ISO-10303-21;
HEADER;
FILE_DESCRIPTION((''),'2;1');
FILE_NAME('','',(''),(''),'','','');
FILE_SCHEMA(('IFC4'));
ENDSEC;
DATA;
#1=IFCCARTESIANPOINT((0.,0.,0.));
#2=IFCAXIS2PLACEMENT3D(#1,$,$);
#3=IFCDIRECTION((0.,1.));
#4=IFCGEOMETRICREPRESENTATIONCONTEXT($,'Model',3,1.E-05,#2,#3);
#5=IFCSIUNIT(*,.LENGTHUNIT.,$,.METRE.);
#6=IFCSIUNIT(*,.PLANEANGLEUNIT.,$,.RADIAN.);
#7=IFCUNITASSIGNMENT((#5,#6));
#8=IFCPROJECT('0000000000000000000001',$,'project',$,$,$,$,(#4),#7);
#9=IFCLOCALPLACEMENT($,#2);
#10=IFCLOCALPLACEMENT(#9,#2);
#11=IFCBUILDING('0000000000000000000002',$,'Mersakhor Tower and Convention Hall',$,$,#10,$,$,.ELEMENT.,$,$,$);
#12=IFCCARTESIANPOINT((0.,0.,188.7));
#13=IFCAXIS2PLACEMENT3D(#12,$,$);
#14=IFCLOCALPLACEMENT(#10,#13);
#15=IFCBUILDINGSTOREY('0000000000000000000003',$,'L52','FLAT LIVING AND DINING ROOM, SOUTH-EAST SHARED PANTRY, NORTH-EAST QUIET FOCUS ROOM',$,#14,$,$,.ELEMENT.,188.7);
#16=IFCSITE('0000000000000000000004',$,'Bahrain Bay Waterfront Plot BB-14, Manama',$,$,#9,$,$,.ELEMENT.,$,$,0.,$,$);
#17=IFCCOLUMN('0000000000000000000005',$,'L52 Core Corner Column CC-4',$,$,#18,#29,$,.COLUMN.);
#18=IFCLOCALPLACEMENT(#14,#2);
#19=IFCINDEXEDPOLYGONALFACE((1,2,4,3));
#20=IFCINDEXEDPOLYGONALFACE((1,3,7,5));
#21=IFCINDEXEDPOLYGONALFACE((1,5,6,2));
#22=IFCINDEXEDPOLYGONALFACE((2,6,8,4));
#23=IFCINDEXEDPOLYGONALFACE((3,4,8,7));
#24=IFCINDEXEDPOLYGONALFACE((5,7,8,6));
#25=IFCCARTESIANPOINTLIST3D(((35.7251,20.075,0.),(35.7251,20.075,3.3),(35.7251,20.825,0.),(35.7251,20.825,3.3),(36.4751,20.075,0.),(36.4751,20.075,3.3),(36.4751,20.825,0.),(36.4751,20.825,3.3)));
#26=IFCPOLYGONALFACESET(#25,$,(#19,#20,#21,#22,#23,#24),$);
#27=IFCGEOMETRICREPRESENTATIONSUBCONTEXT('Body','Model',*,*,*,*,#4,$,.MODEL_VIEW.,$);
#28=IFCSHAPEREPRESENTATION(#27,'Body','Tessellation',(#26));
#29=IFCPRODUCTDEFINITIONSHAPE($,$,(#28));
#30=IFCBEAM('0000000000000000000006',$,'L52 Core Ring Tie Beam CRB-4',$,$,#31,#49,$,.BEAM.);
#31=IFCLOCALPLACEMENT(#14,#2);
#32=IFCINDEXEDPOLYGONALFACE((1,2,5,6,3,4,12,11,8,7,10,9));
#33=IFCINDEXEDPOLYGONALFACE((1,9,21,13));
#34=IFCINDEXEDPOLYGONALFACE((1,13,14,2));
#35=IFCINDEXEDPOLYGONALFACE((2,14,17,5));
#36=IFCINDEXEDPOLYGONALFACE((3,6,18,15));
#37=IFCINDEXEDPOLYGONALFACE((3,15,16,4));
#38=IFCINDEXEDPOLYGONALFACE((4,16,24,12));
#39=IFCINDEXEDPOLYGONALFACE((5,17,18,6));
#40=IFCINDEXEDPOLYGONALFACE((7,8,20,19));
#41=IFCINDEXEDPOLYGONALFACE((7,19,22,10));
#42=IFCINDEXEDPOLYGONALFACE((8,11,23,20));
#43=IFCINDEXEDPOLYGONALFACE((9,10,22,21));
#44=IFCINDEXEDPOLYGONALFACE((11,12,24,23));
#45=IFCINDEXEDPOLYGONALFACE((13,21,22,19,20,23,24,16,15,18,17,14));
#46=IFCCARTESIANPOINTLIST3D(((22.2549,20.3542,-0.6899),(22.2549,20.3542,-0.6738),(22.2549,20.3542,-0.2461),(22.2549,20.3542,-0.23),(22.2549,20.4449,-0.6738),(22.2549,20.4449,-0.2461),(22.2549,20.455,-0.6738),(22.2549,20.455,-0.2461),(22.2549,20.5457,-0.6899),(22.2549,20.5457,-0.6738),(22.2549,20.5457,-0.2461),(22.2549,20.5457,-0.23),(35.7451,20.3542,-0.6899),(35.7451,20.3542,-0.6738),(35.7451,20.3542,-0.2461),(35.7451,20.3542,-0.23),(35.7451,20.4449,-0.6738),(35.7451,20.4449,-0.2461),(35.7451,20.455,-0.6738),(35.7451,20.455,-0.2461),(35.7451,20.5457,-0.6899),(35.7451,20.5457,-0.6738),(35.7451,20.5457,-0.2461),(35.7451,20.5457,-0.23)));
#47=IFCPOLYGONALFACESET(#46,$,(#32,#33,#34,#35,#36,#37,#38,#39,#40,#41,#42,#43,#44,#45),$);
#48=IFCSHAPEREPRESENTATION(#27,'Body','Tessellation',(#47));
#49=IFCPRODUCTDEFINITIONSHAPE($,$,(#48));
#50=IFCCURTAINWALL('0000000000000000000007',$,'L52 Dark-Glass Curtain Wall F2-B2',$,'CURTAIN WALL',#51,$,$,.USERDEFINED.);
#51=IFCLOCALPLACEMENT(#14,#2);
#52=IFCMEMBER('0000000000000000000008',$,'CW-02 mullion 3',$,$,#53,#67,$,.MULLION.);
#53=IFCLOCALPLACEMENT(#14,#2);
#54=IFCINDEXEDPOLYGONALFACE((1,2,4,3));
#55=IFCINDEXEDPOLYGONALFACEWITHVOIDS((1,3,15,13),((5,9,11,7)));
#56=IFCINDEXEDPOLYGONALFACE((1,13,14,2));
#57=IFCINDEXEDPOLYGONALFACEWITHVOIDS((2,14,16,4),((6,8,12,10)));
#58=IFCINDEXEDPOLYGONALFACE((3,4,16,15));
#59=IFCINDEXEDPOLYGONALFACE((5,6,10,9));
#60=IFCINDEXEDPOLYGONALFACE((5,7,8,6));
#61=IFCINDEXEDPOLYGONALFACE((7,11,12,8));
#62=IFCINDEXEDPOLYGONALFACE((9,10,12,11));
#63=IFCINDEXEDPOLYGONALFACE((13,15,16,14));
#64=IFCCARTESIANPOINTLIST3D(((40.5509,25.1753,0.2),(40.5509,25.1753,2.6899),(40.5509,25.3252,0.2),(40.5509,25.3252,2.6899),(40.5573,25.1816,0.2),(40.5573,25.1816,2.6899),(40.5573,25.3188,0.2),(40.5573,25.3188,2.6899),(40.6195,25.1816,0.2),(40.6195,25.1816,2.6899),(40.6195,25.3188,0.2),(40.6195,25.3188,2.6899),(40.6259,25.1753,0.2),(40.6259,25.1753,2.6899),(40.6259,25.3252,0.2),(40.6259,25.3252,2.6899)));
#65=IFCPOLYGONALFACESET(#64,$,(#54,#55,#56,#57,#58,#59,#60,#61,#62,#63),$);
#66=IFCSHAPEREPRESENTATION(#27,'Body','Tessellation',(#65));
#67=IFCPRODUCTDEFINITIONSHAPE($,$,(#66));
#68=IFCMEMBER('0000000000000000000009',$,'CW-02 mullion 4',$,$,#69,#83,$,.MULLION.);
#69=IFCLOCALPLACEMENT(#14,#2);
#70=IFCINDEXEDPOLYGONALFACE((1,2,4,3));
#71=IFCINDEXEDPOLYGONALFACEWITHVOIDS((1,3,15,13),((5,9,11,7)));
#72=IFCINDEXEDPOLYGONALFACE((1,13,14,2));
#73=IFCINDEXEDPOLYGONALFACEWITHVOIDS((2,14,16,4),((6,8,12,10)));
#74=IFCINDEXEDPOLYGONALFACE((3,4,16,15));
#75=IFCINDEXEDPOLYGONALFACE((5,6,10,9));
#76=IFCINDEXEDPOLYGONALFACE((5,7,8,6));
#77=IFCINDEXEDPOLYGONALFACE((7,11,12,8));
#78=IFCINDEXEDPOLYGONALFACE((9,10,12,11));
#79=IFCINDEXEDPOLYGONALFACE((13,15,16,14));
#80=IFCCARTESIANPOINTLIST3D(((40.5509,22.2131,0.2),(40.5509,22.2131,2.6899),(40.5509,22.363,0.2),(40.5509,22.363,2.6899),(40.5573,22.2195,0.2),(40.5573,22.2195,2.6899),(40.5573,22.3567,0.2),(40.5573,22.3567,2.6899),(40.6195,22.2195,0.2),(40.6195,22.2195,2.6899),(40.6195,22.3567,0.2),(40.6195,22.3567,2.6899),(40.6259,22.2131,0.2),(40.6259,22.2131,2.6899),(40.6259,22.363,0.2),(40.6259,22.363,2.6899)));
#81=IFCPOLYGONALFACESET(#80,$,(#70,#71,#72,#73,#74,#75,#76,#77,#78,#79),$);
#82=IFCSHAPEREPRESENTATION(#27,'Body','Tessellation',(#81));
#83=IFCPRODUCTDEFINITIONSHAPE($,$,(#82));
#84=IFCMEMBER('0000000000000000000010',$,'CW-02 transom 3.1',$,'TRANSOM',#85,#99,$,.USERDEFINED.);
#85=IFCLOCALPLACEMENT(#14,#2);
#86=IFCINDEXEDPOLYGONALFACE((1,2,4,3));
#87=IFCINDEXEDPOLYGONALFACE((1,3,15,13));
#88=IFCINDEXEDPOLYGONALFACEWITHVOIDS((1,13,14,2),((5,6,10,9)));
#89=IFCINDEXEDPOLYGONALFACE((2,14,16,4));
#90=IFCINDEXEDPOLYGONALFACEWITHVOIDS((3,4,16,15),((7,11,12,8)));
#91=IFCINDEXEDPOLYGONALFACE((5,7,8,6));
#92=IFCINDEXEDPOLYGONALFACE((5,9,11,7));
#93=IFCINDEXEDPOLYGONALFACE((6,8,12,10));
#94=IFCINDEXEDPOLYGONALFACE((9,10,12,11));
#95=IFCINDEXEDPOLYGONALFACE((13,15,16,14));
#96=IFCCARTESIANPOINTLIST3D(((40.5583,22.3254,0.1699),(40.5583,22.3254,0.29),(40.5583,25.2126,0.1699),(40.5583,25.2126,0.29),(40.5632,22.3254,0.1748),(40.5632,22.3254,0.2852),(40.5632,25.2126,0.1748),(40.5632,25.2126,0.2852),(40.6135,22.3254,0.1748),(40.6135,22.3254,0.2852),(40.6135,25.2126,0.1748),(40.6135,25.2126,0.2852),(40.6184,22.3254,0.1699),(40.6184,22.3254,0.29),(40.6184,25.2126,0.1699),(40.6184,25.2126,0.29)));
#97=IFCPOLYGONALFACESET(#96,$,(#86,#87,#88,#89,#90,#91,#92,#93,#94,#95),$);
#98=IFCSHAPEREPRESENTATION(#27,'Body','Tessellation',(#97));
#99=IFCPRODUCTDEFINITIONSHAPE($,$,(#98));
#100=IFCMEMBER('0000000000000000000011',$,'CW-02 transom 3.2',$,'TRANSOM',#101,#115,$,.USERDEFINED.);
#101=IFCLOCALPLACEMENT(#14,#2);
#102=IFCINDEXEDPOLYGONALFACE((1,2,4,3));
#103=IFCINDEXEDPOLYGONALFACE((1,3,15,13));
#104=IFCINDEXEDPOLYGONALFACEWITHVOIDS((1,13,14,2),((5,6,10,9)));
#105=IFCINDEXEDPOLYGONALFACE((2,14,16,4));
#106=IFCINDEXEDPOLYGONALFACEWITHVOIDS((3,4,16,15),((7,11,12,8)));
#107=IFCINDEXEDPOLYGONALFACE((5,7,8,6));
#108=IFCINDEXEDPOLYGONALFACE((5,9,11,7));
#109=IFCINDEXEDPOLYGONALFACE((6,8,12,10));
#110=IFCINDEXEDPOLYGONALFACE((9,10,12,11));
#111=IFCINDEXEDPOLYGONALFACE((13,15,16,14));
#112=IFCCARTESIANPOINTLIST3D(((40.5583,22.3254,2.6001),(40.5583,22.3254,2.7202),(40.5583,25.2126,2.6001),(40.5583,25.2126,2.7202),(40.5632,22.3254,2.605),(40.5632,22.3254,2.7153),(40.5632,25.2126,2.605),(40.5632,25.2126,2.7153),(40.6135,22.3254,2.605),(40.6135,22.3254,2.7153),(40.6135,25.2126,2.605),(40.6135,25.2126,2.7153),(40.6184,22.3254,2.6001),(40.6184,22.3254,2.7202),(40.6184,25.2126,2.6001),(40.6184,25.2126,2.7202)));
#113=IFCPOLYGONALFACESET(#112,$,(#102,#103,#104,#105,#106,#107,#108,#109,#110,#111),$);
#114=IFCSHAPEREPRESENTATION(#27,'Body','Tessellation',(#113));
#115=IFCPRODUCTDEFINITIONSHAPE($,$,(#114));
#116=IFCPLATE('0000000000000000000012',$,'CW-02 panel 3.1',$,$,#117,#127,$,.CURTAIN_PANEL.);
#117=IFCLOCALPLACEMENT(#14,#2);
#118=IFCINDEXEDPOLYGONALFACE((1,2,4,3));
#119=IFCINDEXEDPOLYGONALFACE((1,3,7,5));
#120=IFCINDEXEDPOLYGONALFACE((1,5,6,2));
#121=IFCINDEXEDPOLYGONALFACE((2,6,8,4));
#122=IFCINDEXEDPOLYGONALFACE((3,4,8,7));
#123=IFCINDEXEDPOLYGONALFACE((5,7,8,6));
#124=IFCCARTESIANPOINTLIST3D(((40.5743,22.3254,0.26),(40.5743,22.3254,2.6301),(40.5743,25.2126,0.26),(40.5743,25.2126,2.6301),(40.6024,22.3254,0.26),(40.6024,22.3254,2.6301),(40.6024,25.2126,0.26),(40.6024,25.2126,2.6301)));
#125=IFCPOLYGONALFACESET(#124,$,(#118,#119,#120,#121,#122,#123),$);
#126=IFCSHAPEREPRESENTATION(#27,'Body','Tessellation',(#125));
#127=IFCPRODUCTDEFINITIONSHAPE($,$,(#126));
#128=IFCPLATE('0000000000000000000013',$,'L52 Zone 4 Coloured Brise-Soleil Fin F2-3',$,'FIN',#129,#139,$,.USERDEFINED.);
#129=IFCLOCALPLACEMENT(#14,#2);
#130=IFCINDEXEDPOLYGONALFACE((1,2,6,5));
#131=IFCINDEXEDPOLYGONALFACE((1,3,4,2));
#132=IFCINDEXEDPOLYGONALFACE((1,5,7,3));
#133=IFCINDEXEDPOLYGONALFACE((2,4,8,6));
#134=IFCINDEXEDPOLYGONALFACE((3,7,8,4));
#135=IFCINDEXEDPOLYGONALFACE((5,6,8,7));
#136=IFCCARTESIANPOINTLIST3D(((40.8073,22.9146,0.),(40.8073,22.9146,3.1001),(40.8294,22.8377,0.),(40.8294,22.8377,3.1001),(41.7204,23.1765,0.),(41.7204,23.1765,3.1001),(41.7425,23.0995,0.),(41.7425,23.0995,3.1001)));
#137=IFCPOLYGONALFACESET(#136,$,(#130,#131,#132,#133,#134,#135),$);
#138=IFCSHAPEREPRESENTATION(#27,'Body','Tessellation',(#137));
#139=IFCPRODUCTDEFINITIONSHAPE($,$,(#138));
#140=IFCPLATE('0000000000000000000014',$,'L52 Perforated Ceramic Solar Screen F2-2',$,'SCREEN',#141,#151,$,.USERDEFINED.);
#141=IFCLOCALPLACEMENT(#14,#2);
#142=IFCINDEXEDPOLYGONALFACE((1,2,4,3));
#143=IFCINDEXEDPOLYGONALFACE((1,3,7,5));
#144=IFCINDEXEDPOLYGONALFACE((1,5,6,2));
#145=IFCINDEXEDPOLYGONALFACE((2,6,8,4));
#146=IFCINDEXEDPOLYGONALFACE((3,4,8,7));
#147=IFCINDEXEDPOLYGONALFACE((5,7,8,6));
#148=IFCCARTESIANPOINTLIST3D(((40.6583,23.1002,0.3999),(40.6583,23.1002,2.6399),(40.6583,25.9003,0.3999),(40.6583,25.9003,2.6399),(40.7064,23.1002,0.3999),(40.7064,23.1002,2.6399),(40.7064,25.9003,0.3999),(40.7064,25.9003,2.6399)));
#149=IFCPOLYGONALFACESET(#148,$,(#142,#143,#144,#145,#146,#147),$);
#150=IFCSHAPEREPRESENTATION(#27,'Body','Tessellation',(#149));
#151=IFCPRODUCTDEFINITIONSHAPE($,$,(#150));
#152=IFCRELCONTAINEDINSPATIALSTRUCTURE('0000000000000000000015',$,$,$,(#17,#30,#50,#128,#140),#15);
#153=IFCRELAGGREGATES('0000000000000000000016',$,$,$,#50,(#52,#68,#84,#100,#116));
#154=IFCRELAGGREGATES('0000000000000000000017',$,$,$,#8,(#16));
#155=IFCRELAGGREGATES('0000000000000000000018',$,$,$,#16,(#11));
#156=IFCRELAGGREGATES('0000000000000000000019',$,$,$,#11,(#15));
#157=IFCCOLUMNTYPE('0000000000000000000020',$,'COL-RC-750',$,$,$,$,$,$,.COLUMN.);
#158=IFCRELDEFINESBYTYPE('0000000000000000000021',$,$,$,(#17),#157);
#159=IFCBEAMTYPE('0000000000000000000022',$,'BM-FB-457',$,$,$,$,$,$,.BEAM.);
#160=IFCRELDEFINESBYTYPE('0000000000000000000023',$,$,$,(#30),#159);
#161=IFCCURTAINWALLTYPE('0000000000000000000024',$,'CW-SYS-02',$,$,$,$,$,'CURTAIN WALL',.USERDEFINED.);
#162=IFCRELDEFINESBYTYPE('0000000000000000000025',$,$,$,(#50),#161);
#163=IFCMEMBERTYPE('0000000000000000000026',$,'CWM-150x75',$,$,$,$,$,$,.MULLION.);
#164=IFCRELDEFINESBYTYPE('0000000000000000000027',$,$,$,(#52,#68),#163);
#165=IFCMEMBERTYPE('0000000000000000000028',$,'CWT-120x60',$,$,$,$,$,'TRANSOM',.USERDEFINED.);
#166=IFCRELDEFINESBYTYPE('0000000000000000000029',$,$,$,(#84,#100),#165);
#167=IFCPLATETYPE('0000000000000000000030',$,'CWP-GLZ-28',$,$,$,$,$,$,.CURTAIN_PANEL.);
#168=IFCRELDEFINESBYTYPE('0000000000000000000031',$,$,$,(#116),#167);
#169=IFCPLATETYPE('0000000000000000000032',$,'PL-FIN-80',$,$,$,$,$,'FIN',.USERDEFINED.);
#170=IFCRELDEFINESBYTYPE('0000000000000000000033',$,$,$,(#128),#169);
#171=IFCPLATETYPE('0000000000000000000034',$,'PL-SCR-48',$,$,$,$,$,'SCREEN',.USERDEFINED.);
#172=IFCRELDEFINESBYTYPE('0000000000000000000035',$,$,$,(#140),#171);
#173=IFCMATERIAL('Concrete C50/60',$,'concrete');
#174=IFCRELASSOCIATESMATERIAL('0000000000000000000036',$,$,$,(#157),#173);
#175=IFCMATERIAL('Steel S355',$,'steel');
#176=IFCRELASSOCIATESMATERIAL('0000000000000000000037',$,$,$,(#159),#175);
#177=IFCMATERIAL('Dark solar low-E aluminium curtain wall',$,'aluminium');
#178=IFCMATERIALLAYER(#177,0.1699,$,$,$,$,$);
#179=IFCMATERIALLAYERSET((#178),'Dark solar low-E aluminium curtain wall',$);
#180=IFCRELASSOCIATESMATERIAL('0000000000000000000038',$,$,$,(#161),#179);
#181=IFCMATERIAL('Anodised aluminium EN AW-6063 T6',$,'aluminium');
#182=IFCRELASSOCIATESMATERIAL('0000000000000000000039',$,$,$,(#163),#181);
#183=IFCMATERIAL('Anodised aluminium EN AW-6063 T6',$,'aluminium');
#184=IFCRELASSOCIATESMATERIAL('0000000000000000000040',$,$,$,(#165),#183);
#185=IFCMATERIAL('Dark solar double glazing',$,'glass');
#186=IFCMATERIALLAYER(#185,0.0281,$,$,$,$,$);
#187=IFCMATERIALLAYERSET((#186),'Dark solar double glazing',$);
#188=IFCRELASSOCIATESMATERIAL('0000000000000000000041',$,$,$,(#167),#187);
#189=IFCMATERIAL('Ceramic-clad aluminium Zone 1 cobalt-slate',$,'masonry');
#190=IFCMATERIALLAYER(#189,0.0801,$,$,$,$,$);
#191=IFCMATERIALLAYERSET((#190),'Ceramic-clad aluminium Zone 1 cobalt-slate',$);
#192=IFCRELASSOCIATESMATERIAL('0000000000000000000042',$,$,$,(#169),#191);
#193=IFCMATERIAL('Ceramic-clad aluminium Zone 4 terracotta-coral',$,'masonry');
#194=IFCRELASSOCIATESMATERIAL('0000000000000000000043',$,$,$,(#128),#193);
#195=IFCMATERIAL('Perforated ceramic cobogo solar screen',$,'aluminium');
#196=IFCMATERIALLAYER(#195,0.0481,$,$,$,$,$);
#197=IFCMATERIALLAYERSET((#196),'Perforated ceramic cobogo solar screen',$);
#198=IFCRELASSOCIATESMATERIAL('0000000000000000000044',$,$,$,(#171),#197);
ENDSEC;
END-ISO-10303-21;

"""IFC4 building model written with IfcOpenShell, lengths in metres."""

from ifc_helpers import new_model, si_unit, direction, frame, origin, origin_2d, place, context, subcontext, project, spatial, rectangle, hollow_rectangle, i_section, extrude, material, layer, layer_set, material_profile, profile_set, type_object, element, aggregate, save


model = new_model("IFC4")

# Units and contexts
model_context = context("Model", 3, precision=1e-05, world=origin(), true_north=direction((0.0, 1.0)))
body_context = subcontext(model_context, "Body", "Model", "MODEL_VIEW")
ifc_project = project(units=[si_unit("LENGTHUNIT", "METRE"), si_unit("PLANEANGLEUNIT", "RADIAN")], contexts=[model_context])

# Site, building, storey
site_placement = place(None, origin())
site = spatial("IfcSite", under=ifc_project, at=site_placement, Name="Bahrain Bay Waterfront Plot BB-14, Manama", CompositionType="ELEMENT", RefElevation=0.0)
building_placement = place(site_placement, origin())
building = spatial("IfcBuilding", under=site, at=building_placement, Name="Mersakhor Tower and Convention Hall", CompositionType="ELEMENT")
storey_placement = place(building_placement, frame((0.0, 0.0, 188.7)))
storey = spatial("IfcBuildingStorey", under=building, at=storey_placement, Name="L52", Description="FLAT LIVING AND DINING ROOM, SOUTH-EAST SHARED PANTRY, NORTH-EAST QUIET FOCUS ROOM", CompositionType="ELEMENT", Elevation=188.7)

# Column
ifc_material_1 = material(Name="Concrete C50/60", Category="concrete")
ifc_material_profile_1 = material_profile(ifc_material_1, rectangle(XDim=0.75, YDim=0.75, at=origin_2d()), Name="RC 750x750")
ifc_profile_set_1 = profile_set([ifc_material_profile_1], Name="Concrete C50/60")
column_type = type_object("IfcColumnType", Name="COL-RC-750", PredefinedType="COLUMN", material=ifc_profile_set_1)
column_placement = place(storey_placement, frame((36.1001, 20.45, 0.0), z_axis=(0.0, 0.0, 1.0), x_axis=(1.0, 0.0, 0.0)))
element("IfcColumn", 1, at=column_placement, inside=storey, type_object=column_type, Name="L52 Core Corner Column CC-4", PredefinedType="COLUMN", context=body_context, shape_type="SweptSolid", body=[
    extrude(rectangle(XDim=0.75, YDim=0.75, at=origin_2d()), origin(), (0.0, 0.0, 1.0), 3.3),
])

# Beam
ifc_material_2 = material(Name="Steel S355", Category="steel")
ifc_material_profile_2 = material_profile(ifc_material_2, i_section(OverallWidth=0.1914, OverallDepth=0.46, WebThickness=0.01, FlangeThickness=0.0161, at=origin_2d()), Name="UB 457x191x82")
ifc_profile_set_2 = profile_set([ifc_material_profile_2], Name="Steel S355")
beam_type = type_object("IfcBeamType", Name="BM-FB-457", PredefinedType="BEAM", material=ifc_profile_set_2)
beam_placement = place(storey_placement, frame((35.7451, 20.45, -0.46), z_axis=(-1.0, 0.0, 0.0), x_axis=(0.0, -1.0, 0.0)))
element("IfcBeam", 2, at=beam_placement, inside=storey, type_object=beam_type, Name="L52 Core Ring Tie Beam CRB-4", PredefinedType="BEAM", context=body_context, shape_type="SweptSolid", body=[
    extrude(i_section(OverallWidth=0.1914, OverallDepth=0.46, WebThickness=0.01, FlangeThickness=0.0161, at=origin_2d()), origin(), (0.0, 0.0, 1.0), 13.4902),
])

# Curtain wall, members, plate
ifc_material_3 = material(Name="Dark solar low-E aluminium curtain wall", Category="aluminium")
ifc_layer_1 = layer(ifc_material_3, 0.1699)
ifc_layer_set_1 = layer_set([ifc_layer_1], Name="Dark solar low-E aluminium curtain wall")
curtain_wall_type = type_object("IfcCurtainWallType", Name="CW-SYS-02", ElementType="CURTAIN WALL", PredefinedType="USERDEFINED", material=ifc_layer_set_1)
curtain_wall_placement = place(storey_placement, origin())
curtain_wall = element("IfcCurtainWall", 3, at=curtain_wall_placement, inside=storey, type_object=curtain_wall_type, Name="L52 Dark-Glass Curtain Wall F2-B2", ObjectType="CURTAIN WALL", PredefinedType="USERDEFINED")
ifc_material_4 = material(Name="Anodised aluminium EN AW-6063 T6", Category="aluminium")
ifc_material_profile_3 = material_profile(ifc_material_4, hollow_rectangle(XDim=0.075, YDim=0.1499, WallThickness=0.0063, at=origin_2d()), Name="RHS 150x75x6.3")
ifc_profile_set_3 = profile_set([ifc_material_profile_3], Name="Anodised aluminium EN AW-6063 T6")
member_type_1 = type_object("IfcMemberType", Name="CWM-150x75", PredefinedType="MULLION", material=ifc_profile_set_3)
member_1_placement = place(storey_placement, frame((40.5884, 25.2502, 0.2), z_axis=(0.0, 0.0, 1.0), x_axis=(1.0, 0.0, 0.0)))
member_1 = element("IfcMember", 4, at=member_1_placement, type_object=member_type_1, Name="CW-02 mullion 3", PredefinedType="MULLION", context=body_context, shape_type="SweptSolid", body=[
    extrude(hollow_rectangle(XDim=0.075, YDim=0.1499, WallThickness=0.0063, at=origin_2d()), origin(), (0.0, 0.0, 1.0), 2.49),
])
member_2_placement = place(storey_placement, frame((40.5884, 22.2881, 0.2), z_axis=(0.0, 0.0, 1.0), x_axis=(1.0, 0.0, 0.0)))
member_2 = element("IfcMember", 5, at=member_2_placement, type_object=member_type_1, Name="CW-02 mullion 4", PredefinedType="MULLION", context=body_context, shape_type="SweptSolid", body=[
    extrude(hollow_rectangle(XDim=0.075, YDim=0.1499, WallThickness=0.0063, at=origin_2d()), origin(), (0.0, 0.0, 1.0), 2.49),
])
ifc_material_5 = material(Name="Anodised aluminium EN AW-6063 T6", Category="aluminium")
ifc_material_profile_4 = material_profile(ifc_material_5, hollow_rectangle(XDim=0.0601, YDim=0.1201, WallThickness=0.0049, at=origin_2d()), Name="RHS 120x60x5")
ifc_profile_set_4 = profile_set([ifc_material_profile_4], Name="Anodised aluminium EN AW-6063 T6")
member_type_2 = type_object("IfcMemberType", Name="CWT-120x60", ElementType="TRANSOM", PredefinedType="USERDEFINED", material=ifc_profile_set_4)
member_3_placement = place(storey_placement, frame((40.5884, 25.2126, 0.23), z_axis=(0.0, -1.0, 0.0), x_axis=(1.0, 0.0, 0.0)))
member_3 = element("IfcMember", 6, at=member_3_placement, type_object=member_type_2, Name="CW-02 transom 3.1", ObjectType="TRANSOM", PredefinedType="USERDEFINED", context=body_context, shape_type="SweptSolid", body=[
    extrude(hollow_rectangle(XDim=0.0601, YDim=0.1201, WallThickness=0.0049, at=origin_2d()), origin(), (0.0, 0.0, 1.0), 2.8872),
])
member_4_placement = place(storey_placement, frame((40.5884, 25.2126, 2.6602), z_axis=(0.0, -1.0, 0.0), x_axis=(1.0, 0.0, 0.0)))
member_4 = element("IfcMember", 7, at=member_4_placement, type_object=member_type_2, Name="CW-02 transom 3.2", ObjectType="TRANSOM", PredefinedType="USERDEFINED", context=body_context, shape_type="SweptSolid", body=[
    extrude(hollow_rectangle(XDim=0.0601, YDim=0.1201, WallThickness=0.0049, at=origin_2d()), origin(), (0.0, 0.0, 1.0), 2.8872),
])
ifc_material_6 = material(Name="Dark solar double glazing", Category="glass")
ifc_layer_2 = layer(ifc_material_6, 0.0281)
ifc_layer_set_2 = layer_set([ifc_layer_2], Name="Dark solar double glazing")
plate_type_1 = type_object("IfcPlateType", Name="CWP-GLZ-28", PredefinedType="CURTAIN_PANEL", material=ifc_layer_set_2)
plate_1_placement = place(storey_placement, frame((40.5884, 23.769, 0.26), z_axis=(0.0, 0.0, 1.0), x_axis=(0.0, -1.0, 0.0)))
plate_1 = element("IfcPlate", 8, at=plate_1_placement, type_object=plate_type_1, Name="CW-02 panel 3.1", PredefinedType="CURTAIN_PANEL", context=body_context, shape_type="SweptSolid", body=[
    extrude(rectangle(XDim=2.8872, YDim=0.0281, at=origin_2d()), origin(), (0.0, 0.0, 1.0), 2.3701),
])
aggregate(curtain_wall, [member_1, member_2, member_3, member_4, plate_1])

# Plates
ifc_material_7 = material(Name="Ceramic-clad aluminium Zone 4 terracotta-coral", Category="masonry")
ifc_material_8 = material(Name="Ceramic-clad aluminium Zone 1 cobalt-slate", Category="masonry")
ifc_layer_3 = layer(ifc_material_8, 0.0801)
ifc_layer_set_3 = layer_set([ifc_layer_3], Name="Ceramic-clad aluminium Zone 1 cobalt-slate")
plate_type_2 = type_object("IfcPlateType", Name="PL-FIN-80", ElementType="FIN", PredefinedType="USERDEFINED", material=ifc_layer_set_3)
plate_2_placement = place(storey_placement, frame((41.2749, 23.0071, 0.0), z_axis=(0.0, 0.0, 1.0), x_axis=(0.961262, 0.275637, 0.0)))
element("IfcPlate", 9, at=plate_2_placement, inside=storey, type_object=plate_type_2, material=ifc_material_7, Name="L52 Zone 4 Coloured Brise-Soleil Fin F2-3", ObjectType="FIN", PredefinedType="USERDEFINED", context=body_context, shape_type="SweptSolid", body=[
    extrude(rectangle(XDim=0.95, YDim=0.0801, at=origin_2d()), origin(), (0.0, 0.0, 1.0), 3.1001),
])
ifc_material_9 = material(Name="Perforated ceramic cobogo solar screen", Category="aluminium")
ifc_layer_4 = layer(ifc_material_9, 0.0481)
ifc_layer_set_4 = layer_set([ifc_layer_4], Name="Perforated ceramic cobogo solar screen")
plate_type_3 = type_object("IfcPlateType", Name="PL-SCR-48", ElementType="SCREEN", PredefinedType="USERDEFINED", material=ifc_layer_set_4)
plate_3_placement = place(storey_placement, frame((40.6824, 24.5002, 0.3999), z_axis=(0.0, 0.0, 1.0), x_axis=(0.0, -1.0, 0.0)))
element("IfcPlate", 10, at=plate_3_placement, inside=storey, type_object=plate_type_3, Name="L52 Perforated Ceramic Solar Screen F2-2", ObjectType="SCREEN", PredefinedType="USERDEFINED", context=body_context, shape_type="SweptSolid", body=[
    extrude(rectangle(XDim=2.8, YDim=0.0481, at=origin_2d()), origin(), (0.0, 0.0, 1.0), 2.24),
])

save(model, "model.ifc")
